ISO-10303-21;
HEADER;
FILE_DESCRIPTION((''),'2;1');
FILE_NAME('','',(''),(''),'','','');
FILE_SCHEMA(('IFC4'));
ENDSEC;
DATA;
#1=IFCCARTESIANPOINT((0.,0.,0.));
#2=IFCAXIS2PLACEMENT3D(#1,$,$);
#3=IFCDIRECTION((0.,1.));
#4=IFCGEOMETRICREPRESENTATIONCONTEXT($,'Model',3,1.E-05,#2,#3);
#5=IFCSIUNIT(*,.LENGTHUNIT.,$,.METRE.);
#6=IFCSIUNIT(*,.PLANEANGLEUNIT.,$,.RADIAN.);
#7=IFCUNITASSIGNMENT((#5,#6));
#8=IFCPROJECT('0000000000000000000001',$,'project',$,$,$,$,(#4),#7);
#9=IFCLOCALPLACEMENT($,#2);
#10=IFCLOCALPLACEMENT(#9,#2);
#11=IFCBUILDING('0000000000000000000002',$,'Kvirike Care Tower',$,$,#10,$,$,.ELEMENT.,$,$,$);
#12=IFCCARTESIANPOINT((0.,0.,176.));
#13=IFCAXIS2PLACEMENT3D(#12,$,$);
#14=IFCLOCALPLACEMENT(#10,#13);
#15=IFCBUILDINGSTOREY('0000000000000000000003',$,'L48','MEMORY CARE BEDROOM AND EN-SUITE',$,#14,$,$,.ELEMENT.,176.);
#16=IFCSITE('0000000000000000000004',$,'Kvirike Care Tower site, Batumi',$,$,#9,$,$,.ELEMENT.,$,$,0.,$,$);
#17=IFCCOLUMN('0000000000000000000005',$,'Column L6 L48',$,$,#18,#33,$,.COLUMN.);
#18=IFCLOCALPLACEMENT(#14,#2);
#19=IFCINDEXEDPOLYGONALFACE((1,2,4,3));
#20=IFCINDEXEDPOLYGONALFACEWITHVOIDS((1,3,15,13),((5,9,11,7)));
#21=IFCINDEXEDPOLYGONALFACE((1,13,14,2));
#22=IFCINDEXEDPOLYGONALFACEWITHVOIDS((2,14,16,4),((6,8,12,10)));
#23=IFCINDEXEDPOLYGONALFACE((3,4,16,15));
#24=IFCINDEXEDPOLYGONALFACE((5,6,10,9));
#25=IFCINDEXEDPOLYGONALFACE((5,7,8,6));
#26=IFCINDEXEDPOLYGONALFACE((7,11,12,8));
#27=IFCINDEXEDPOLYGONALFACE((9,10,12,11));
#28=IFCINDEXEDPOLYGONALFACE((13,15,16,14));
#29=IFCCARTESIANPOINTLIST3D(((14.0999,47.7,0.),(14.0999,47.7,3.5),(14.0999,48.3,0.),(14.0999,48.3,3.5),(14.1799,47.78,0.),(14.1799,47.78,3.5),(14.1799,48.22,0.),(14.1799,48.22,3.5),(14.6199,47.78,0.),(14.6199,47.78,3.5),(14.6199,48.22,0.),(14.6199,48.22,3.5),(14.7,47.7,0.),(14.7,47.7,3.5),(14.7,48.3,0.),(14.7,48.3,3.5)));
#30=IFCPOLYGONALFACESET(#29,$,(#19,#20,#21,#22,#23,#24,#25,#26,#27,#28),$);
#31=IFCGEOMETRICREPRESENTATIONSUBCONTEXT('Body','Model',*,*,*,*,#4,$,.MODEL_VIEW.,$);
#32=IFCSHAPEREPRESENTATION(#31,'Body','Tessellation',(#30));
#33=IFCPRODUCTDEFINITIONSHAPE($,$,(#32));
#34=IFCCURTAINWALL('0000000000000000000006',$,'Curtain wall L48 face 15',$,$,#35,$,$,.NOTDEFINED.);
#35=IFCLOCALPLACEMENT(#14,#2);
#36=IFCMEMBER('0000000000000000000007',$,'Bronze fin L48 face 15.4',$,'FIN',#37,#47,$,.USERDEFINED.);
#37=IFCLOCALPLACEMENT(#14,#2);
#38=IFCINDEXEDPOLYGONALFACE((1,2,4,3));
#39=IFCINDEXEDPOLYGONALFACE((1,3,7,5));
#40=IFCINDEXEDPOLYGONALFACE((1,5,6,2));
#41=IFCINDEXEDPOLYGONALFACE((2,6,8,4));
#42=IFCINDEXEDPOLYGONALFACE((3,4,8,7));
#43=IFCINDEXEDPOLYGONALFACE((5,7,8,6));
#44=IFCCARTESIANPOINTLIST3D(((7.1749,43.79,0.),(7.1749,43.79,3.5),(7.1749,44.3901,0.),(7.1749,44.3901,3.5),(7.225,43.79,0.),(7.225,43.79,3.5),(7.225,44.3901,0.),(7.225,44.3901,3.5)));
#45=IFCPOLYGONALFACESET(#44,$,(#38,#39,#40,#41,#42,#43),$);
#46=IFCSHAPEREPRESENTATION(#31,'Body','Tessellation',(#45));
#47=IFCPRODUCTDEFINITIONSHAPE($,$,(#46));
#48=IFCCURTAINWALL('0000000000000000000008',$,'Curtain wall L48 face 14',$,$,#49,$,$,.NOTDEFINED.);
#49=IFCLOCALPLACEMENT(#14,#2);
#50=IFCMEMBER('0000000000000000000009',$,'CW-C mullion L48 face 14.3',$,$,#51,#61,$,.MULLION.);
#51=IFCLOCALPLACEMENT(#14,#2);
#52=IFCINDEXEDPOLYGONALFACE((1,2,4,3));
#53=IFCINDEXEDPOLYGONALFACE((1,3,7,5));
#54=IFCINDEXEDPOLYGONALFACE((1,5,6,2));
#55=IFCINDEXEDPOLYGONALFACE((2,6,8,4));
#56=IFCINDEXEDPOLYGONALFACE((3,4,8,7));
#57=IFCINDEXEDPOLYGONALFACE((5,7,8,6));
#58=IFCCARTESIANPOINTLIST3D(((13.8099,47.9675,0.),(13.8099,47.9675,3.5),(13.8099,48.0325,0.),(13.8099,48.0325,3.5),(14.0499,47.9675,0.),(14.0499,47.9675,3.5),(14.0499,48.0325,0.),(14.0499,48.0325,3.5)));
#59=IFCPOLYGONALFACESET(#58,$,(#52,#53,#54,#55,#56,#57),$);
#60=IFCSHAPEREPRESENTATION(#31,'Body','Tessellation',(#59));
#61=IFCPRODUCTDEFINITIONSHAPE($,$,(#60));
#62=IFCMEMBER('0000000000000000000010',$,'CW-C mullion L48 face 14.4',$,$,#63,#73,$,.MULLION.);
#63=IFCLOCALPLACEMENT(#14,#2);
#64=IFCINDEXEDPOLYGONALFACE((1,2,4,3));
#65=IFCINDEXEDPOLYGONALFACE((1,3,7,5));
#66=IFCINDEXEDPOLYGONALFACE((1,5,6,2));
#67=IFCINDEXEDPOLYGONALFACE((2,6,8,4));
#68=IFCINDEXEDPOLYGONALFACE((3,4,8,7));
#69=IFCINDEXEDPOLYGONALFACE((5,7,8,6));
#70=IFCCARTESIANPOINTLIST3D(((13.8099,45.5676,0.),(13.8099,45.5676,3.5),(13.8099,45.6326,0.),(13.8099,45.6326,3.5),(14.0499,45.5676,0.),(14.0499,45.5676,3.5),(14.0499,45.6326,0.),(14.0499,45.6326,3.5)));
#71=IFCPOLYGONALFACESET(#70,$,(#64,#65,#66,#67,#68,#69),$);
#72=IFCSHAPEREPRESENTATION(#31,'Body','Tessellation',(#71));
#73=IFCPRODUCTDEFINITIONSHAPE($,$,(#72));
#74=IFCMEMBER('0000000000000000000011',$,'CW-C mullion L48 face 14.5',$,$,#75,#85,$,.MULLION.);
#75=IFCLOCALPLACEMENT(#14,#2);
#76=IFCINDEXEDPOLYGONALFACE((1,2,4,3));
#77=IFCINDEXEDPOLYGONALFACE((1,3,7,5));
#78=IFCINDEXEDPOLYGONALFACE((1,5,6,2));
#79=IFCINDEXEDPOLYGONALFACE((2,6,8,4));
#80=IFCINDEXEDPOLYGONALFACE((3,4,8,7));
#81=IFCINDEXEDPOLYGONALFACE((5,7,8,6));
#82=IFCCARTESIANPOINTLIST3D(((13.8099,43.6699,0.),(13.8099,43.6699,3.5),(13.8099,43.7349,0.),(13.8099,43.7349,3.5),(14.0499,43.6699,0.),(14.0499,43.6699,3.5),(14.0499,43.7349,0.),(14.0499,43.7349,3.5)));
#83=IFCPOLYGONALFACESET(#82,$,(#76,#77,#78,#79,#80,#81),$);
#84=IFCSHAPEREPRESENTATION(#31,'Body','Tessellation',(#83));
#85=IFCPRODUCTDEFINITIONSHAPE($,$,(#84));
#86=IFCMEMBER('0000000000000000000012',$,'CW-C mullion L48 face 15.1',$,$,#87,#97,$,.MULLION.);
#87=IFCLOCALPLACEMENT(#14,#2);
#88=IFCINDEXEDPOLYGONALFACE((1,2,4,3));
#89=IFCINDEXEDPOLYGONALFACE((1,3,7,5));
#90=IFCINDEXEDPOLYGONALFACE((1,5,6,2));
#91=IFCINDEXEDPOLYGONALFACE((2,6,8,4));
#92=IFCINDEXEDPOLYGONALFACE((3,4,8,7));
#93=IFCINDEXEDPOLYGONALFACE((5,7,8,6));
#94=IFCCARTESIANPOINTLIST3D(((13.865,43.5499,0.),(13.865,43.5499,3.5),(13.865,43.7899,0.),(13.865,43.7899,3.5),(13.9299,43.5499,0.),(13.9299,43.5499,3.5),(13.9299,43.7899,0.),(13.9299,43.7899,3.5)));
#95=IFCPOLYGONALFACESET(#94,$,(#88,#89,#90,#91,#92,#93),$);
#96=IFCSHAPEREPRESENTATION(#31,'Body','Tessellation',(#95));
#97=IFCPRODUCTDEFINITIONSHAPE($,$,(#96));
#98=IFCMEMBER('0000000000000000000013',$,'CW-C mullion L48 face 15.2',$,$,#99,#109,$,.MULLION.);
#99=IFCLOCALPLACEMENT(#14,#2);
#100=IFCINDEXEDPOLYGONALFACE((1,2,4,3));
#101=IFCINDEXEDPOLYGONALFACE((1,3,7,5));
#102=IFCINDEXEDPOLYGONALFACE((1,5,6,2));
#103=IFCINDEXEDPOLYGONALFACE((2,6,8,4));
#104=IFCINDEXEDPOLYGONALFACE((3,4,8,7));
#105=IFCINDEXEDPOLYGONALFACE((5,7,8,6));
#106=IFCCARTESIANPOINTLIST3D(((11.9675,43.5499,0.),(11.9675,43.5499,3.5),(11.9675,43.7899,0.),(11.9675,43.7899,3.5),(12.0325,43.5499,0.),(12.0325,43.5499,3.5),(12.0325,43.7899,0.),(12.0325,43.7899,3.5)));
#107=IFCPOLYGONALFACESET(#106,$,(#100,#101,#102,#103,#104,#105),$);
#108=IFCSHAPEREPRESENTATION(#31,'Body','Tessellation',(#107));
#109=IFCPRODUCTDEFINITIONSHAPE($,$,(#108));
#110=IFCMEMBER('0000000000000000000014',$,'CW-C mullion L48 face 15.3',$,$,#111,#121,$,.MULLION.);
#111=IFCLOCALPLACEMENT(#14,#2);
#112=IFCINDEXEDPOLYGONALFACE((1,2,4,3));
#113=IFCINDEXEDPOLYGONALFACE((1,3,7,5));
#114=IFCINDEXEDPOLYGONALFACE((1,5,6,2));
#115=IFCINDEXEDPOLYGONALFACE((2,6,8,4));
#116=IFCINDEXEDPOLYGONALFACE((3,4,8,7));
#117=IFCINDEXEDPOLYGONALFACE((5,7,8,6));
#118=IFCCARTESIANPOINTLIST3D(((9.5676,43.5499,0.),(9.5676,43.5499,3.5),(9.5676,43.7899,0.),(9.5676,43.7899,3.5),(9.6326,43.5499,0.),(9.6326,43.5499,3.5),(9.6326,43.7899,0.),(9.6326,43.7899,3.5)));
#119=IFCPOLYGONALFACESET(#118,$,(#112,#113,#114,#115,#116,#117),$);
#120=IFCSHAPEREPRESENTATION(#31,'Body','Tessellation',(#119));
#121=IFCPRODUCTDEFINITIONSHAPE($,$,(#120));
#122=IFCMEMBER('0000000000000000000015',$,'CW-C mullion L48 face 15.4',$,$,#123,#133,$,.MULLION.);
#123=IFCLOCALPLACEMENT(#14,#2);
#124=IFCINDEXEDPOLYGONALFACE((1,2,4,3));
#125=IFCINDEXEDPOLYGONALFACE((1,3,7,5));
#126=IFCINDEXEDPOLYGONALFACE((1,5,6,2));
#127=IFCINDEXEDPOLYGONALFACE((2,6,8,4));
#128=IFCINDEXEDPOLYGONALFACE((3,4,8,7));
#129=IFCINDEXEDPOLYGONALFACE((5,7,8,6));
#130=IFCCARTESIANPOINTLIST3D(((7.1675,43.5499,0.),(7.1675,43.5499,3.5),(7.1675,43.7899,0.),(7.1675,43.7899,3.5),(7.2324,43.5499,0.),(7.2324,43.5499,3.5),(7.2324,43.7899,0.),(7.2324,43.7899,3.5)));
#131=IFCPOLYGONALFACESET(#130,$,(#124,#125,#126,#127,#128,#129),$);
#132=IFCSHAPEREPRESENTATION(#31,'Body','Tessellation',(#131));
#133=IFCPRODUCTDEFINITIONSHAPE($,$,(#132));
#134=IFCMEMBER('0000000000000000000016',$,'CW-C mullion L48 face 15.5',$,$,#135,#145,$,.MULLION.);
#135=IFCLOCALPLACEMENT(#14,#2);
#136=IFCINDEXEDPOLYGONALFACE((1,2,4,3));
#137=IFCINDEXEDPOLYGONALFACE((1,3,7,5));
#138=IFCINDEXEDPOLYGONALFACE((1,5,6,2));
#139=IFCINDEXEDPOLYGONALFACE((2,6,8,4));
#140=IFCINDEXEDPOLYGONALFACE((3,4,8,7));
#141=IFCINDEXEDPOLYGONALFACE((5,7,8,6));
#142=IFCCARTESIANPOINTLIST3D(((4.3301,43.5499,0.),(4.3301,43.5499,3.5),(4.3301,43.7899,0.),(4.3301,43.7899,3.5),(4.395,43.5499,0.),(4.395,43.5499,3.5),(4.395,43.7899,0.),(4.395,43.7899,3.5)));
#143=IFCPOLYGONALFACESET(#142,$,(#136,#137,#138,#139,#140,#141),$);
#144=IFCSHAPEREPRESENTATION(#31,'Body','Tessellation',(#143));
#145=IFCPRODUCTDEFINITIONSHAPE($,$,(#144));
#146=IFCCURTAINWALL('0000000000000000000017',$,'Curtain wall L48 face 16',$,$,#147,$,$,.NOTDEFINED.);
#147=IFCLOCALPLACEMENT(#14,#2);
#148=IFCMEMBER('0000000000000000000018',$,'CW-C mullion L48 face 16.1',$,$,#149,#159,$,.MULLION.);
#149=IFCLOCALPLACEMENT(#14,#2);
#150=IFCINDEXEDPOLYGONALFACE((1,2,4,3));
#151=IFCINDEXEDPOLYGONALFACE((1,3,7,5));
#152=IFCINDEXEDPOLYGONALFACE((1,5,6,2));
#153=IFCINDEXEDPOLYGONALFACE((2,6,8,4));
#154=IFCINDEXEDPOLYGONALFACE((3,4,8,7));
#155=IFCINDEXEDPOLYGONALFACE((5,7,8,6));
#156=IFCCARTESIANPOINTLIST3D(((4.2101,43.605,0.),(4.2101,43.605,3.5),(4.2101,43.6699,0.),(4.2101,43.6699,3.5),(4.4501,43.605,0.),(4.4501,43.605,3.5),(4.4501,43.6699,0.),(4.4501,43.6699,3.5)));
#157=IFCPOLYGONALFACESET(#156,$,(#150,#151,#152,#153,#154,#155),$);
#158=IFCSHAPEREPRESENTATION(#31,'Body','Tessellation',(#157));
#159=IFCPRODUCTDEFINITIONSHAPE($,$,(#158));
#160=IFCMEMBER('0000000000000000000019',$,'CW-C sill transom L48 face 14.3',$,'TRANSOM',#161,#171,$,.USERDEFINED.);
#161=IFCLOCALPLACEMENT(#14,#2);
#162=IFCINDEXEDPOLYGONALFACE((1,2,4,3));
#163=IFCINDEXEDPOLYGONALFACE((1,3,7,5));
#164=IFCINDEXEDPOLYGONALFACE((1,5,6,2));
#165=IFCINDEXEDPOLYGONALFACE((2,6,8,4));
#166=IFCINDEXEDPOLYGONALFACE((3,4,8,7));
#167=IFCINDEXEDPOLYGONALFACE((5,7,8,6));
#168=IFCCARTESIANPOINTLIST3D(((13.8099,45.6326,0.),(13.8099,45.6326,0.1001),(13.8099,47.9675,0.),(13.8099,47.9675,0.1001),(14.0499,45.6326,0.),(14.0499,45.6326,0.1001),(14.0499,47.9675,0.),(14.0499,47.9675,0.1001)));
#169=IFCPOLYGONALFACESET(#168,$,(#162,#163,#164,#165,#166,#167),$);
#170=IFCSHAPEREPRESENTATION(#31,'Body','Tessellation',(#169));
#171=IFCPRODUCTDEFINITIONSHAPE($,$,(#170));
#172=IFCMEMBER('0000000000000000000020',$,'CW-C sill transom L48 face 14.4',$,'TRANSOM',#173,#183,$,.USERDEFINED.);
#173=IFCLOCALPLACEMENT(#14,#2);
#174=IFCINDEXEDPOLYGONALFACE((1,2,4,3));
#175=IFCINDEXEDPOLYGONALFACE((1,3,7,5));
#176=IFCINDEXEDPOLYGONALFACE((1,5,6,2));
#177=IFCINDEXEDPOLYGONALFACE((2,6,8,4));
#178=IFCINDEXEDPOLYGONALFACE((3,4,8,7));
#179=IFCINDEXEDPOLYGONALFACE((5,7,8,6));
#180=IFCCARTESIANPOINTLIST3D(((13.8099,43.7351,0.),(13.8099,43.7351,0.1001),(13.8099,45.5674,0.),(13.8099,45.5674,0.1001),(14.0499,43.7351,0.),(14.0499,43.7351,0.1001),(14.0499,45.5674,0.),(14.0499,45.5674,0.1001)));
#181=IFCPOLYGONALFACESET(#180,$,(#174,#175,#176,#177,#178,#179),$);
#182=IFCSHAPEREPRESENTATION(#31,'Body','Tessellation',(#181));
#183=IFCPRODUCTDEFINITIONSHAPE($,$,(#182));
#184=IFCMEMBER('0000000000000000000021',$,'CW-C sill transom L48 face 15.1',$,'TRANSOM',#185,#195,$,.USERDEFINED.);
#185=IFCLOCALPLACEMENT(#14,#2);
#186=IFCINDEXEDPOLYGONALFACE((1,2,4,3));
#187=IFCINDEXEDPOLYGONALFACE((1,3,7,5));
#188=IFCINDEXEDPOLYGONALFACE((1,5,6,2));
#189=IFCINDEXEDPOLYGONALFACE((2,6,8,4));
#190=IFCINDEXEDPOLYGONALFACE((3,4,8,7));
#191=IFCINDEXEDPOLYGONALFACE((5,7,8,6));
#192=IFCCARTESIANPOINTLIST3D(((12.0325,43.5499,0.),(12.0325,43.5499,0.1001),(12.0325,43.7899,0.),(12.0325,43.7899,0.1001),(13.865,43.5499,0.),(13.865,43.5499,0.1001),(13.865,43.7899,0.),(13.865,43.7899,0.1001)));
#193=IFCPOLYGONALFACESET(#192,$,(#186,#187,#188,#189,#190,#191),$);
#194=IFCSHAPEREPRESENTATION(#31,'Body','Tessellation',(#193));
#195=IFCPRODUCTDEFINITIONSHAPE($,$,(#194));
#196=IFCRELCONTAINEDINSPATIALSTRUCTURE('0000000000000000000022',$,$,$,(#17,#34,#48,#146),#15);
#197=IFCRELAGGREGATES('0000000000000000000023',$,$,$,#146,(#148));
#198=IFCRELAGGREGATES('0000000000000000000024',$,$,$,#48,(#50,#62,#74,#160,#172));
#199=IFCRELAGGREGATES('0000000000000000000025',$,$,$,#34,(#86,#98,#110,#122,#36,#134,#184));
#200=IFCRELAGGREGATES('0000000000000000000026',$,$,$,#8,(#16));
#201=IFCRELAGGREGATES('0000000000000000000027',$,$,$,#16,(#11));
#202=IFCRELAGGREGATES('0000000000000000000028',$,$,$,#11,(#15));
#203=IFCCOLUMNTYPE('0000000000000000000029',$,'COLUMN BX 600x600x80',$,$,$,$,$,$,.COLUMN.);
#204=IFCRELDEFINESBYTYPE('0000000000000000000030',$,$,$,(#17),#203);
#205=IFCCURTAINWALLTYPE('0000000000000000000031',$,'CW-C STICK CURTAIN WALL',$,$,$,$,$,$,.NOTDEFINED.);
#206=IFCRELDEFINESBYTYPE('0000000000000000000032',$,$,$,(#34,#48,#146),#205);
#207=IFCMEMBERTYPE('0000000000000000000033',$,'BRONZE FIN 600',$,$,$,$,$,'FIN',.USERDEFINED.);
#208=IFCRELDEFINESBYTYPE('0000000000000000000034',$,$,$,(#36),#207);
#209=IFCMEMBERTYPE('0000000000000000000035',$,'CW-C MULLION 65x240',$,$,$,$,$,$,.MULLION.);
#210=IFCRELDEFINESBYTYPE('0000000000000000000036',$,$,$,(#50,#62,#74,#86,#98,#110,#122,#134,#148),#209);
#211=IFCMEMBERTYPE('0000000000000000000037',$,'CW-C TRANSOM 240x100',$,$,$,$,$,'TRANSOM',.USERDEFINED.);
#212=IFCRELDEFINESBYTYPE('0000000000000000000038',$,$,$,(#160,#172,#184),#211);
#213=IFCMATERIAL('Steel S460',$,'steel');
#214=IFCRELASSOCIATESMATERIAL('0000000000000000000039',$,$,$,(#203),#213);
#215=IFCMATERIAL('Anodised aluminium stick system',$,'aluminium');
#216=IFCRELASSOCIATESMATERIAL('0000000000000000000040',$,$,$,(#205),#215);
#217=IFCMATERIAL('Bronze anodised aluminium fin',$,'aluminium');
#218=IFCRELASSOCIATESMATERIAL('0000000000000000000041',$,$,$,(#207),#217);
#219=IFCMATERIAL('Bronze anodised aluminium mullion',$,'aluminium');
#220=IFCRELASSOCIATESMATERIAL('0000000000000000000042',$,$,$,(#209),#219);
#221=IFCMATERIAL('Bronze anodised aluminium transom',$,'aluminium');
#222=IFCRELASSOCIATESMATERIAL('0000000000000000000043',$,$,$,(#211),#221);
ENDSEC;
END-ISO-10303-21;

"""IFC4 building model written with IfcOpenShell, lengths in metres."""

from ifc_helpers import new_model, si_unit, direction, frame, origin, origin_2d, place, context, subcontext, project, spatial, rectangle, hollow_rectangle, extrude, material, material_profile, profile_set, type_object, element, aggregate, save


model = new_model("IFC4")

# Units and contexts
model_context = context("Model", 3, precision=1e-05, world=origin(), true_north=direction((0.0, 1.0)))
body_context = subcontext(model_context, "Body", "Model", "MODEL_VIEW")
ifc_project = project(units=[si_unit("LENGTHUNIT", "METRE"), si_unit("PLANEANGLEUNIT", "RADIAN")], contexts=[model_context])

# Site, building, storey
site_placement = place(None, origin())
site = spatial("IfcSite", under=ifc_project, at=site_placement, Name="Kvirike Care Tower site, Batumi", CompositionType="ELEMENT", RefElevation=0.0)
building_placement = place(site_placement, origin())
building = spatial("IfcBuilding", under=site, at=building_placement, Name="Kvirike Care Tower", CompositionType="ELEMENT")
storey_placement = place(building_placement, frame((0.0, 0.0, 176.0)))
storey = spatial("IfcBuildingStorey", under=building, at=storey_placement, Name="L48", Description="MEMORY CARE BEDROOM AND EN-SUITE", CompositionType="ELEMENT", Elevation=176.0)

# Column
ifc_material_1 = material(Name="Steel S460", Category="steel")
ifc_material_profile_1 = material_profile(ifc_material_1, hollow_rectangle(XDim=0.6001, YDim=0.6001, WallThickness=0.0801, at=origin_2d()), Name="BX 600x600x80")
ifc_profile_set_1 = profile_set([ifc_material_profile_1], Name="Steel S460")
column_type = type_object("IfcColumnType", Name="COLUMN BX 600x600x80", PredefinedType="COLUMN", material=ifc_profile_set_1)
column_placement = place(storey_placement, frame((14.3999, 48.0, 0.0), z_axis=(0.0, 0.0, 1.0), x_axis=(1.0, 0.0, 0.0)))
element("IfcColumn", 1, at=column_placement, inside=storey, type_object=column_type, Name="Column L6 L48", PredefinedType="COLUMN", context=body_context, shape_type="SweptSolid", body=[
    extrude(hollow_rectangle(XDim=0.6001, YDim=0.6001, WallThickness=0.0801, at=origin_2d()), origin(), (0.0, 0.0, 1.0), 3.5),
])

# Curtain wall, member
ifc_material_2 = material(Name="Anodised aluminium stick system", Category="aluminium")
curtain_wall_type = type_object("IfcCurtainWallType", Name="CW-C STICK CURTAIN WALL", PredefinedType="NOTDEFINED", material=ifc_material_2)
curtain_wall_1_placement = place(storey_placement, origin())
curtain_wall_1 = element("IfcCurtainWall", 2, at=curtain_wall_1_placement, inside=storey, type_object=curtain_wall_type, Name="Curtain wall L48 face 15", PredefinedType="NOTDEFINED")
ifc_material_3 = material(Name="Bronze anodised aluminium fin", Category="aluminium")
ifc_material_profile_2 = material_profile(ifc_material_3, rectangle(XDim=0.05, YDim=0.6001, at=origin_2d()), Name="BRONZE FIN 600")
ifc_profile_set_2 = profile_set([ifc_material_profile_2], Name="Bronze anodised aluminium fin")
member_type_1 = type_object("IfcMemberType", Name="BRONZE FIN 600", ElementType="FIN", PredefinedType="USERDEFINED", material=ifc_profile_set_2)
member_1_placement = place(storey_placement, frame((7.2, 44.0901, 0.0), z_axis=(0.0, 0.0, 1.0), x_axis=(-1.0, 0.0, 0.0)))
member_1 = element("IfcMember", 3, at=member_1_placement, type_object=member_type_1, Name="Bronze fin L48 face 15.4", ObjectType="FIN", PredefinedType="USERDEFINED", context=body_context, shape_type="SweptSolid", body=[
    extrude(rectangle(XDim=0.05, YDim=0.6001, at=origin_2d()), origin(), (0.0, 0.0, 1.0), 3.5),
])

# Curtain wall, members
curtain_wall_2_placement = place(storey_placement, origin())
curtain_wall_2 = element("IfcCurtainWall", 4, at=curtain_wall_2_placement, inside=storey, type_object=curtain_wall_type, Name="Curtain wall L48 face 14", PredefinedType="NOTDEFINED")
ifc_material_4 = material(Name="Bronze anodised aluminium mullion", Category="aluminium")
ifc_material_profile_3 = material_profile(ifc_material_4, rectangle(XDim=0.0649, YDim=0.24, at=origin_2d()), Name="CW-C MULLION 65x240")
ifc_profile_set_3 = profile_set([ifc_material_profile_3], Name="Bronze anodised aluminium mullion")
member_type_2 = type_object("IfcMemberType", Name="CW-C MULLION 65x240", PredefinedType="MULLION", material=ifc_profile_set_3)
member_2_placement = place(storey_placement, frame((13.9299, 48.0, 0.0), z_axis=(0.0, 0.0, 1.0), x_axis=(0.0, -1.0, 0.0)))
member_2 = element("IfcMember", 5, at=member_2_placement, type_object=member_type_2, Name="CW-C mullion L48 face 14.3", PredefinedType="MULLION", context=body_context, shape_type="SweptSolid", body=[
    extrude(rectangle(XDim=0.0649, YDim=0.24, at=origin_2d()), origin(), (0.0, 0.0, 1.0), 3.5),
])
member_3_placement = place(storey_placement, frame((13.9299, 45.6001, 0.0), z_axis=(0.0, 0.0, 1.0), x_axis=(0.0, -1.0, 0.0)))
member_3 = element("IfcMember", 6, at=member_3_placement, type_object=member_type_2, Name="CW-C mullion L48 face 14.4", PredefinedType="MULLION", context=body_context, shape_type="SweptSolid", body=[
    extrude(rectangle(XDim=0.0649, YDim=0.24, at=origin_2d()), origin(), (0.0, 0.0, 1.0), 3.5),
])
member_4_placement = place(storey_placement, frame((13.9299, 43.7024, 0.0), z_axis=(0.0, 0.0, 1.0), x_axis=(0.0, -1.0, 0.0)))
member_4 = element("IfcMember", 7, at=member_4_placement, type_object=member_type_2, Name="CW-C mullion L48 face 14.5", PredefinedType="MULLION", context=body_context, shape_type="SweptSolid", body=[
    extrude(rectangle(XDim=0.0649, YDim=0.24, at=origin_2d()), origin(), (0.0, 0.0, 1.0), 3.5),
])

# Members
member_5_placement = place(storey_placement, frame((13.8975, 43.6699, 0.0), z_axis=(0.0, 0.0, 1.0), x_axis=(-1.0, 0.0, 0.0)))
member_5 = element("IfcMember", 8, at=member_5_placement, type_object=member_type_2, Name="CW-C mullion L48 face 15.1", PredefinedType="MULLION", context=body_context, shape_type="SweptSolid", body=[
    extrude(rectangle(XDim=0.0649, YDim=0.24, at=origin_2d()), origin(), (0.0, 0.0, 1.0), 3.5),
])
member_6_placement = place(storey_placement, frame((12.0, 43.6699, 0.0), z_axis=(0.0, 0.0, 1.0), x_axis=(-1.0, 0.0, 0.0)))
member_6 = element("IfcMember", 9, at=member_6_placement, type_object=member_type_2, Name="CW-C mullion L48 face 15.2", PredefinedType="MULLION", context=body_context, shape_type="SweptSolid", body=[
    extrude(rectangle(XDim=0.0649, YDim=0.24, at=origin_2d()), origin(), (0.0, 0.0, 1.0), 3.5),
])
member_7_placement = place(storey_placement, frame((9.6001, 43.6699, 0.0), z_axis=(0.0, 0.0, 1.0), x_axis=(-1.0, 0.0, 0.0)))
member_7 = element("IfcMember", 10, at=member_7_placement, type_object=member_type_2, Name="CW-C mullion L48 face 15.3", PredefinedType="MULLION", context=body_context, shape_type="SweptSolid", body=[
    extrude(rectangle(XDim=0.0649, YDim=0.24, at=origin_2d()), origin(), (0.0, 0.0, 1.0), 3.5),
])
member_8_placement = place(storey_placement, frame((7.2, 43.6699, 0.0), z_axis=(0.0, 0.0, 1.0), x_axis=(-1.0, 0.0, 0.0)))
member_8 = element("IfcMember", 11, at=member_8_placement, type_object=member_type_2, Name="CW-C mullion L48 face 15.4", PredefinedType="MULLION", context=body_context, shape_type="SweptSolid", body=[
    extrude(rectangle(XDim=0.0649, YDim=0.24, at=origin_2d()), origin(), (0.0, 0.0, 1.0), 3.5),
])
member_9_placement = place(storey_placement, frame((4.3625, 43.6699, 0.0), z_axis=(0.0, 0.0, 1.0), x_axis=(-1.0, 0.0, 0.0)))
member_9 = element("IfcMember", 12, at=member_9_placement, type_object=member_type_2, Name="CW-C mullion L48 face 15.5", PredefinedType="MULLION", context=body_context, shape_type="SweptSolid", body=[
    extrude(rectangle(XDim=0.0649, YDim=0.24, at=origin_2d()), origin(), (0.0, 0.0, 1.0), 3.5),
])

# Curtain wall, member
curtain_wall_3_placement = place(storey_placement, origin())
curtain_wall_3 = element("IfcCurtainWall", 13, at=curtain_wall_3_placement, inside=storey, type_object=curtain_wall_type, Name="Curtain wall L48 face 16", PredefinedType="NOTDEFINED")
member_10_placement = place(storey_placement, frame((4.3301, 43.6375, 0.0), z_axis=(0.0, 0.0, 1.0), x_axis=(0.0, -1.0, 0.0)))
member_10 = element("IfcMember", 14, at=member_10_placement, type_object=member_type_2, Name="CW-C mullion L48 face 16.1", PredefinedType="MULLION", context=body_context, shape_type="SweptSolid", body=[
    extrude(rectangle(XDim=0.0649, YDim=0.24, at=origin_2d()), origin(), (0.0, 0.0, 1.0), 3.5),
])

# Members
ifc_material_5 = material(Name="Bronze anodised aluminium transom", Category="aluminium")
ifc_material_profile_4 = material_profile(ifc_material_5, rectangle(XDim=0.24, YDim=0.1001, at=origin_2d()), Name="CW-C TRANSOM 240x100")
ifc_profile_set_4 = profile_set([ifc_material_profile_4], Name="Bronze anodised aluminium transom")
member_type_3 = type_object("IfcMemberType", Name="CW-C TRANSOM 240x100", ElementType="TRANSOM", PredefinedType="USERDEFINED", material=ifc_profile_set_4)
member_11_placement = place(storey_placement, frame((13.9299, 47.9675, 0.05), z_axis=(0.0, -1.0, 0.0), x_axis=(1.0, 0.0, 0.0)))
member_11 = element("IfcMember", 15, at=member_11_placement, type_object=member_type_3, Name="CW-C sill transom L48 face 14.3", ObjectType="TRANSOM", PredefinedType="USERDEFINED", context=body_context, shape_type="SweptSolid", body=[
    extrude(rectangle(XDim=0.24, YDim=0.1001, at=origin_2d()), origin(), (0.0, 0.0, 1.0), 2.335),
])
member_12_placement = place(storey_placement, frame((13.9299, 45.5674, 0.05), z_axis=(0.0, -1.0, 0.0), x_axis=(1.0, 0.0, 0.0)))
member_12 = element("IfcMember", 16, at=member_12_placement, type_object=member_type_3, Name="CW-C sill transom L48 face 14.4", ObjectType="TRANSOM", PredefinedType="USERDEFINED", context=body_context, shape_type="SweptSolid", body=[
    extrude(rectangle(XDim=0.24, YDim=0.1001, at=origin_2d()), origin(), (0.0, 0.0, 1.0), 1.8323),
])
member_13_placement = place(storey_placement, frame((13.865, 43.6699, 0.05), z_axis=(-1.0, 0.0, 0.0), x_axis=(0.0, -1.0, 0.0)))
member_13 = element("IfcMember", 17, at=member_13_placement, type_object=member_type_3, Name="CW-C sill transom L48 face 15.1", ObjectType="TRANSOM", PredefinedType="USERDEFINED", context=body_context, shape_type="SweptSolid", body=[
    extrude(rectangle(XDim=0.24, YDim=0.1001, at=origin_2d()), origin(), (0.0, 0.0, 1.0), 1.8325),
])
aggregate(curtain_wall_3, [member_10])

aggregate(curtain_wall_2, [member_2, member_3, member_4, member_11, member_12])
aggregate(curtain_wall_1, [member_5, member_6, member_7, member_8, member_1, member_9, member_13])

save(model, "model.ifc")
